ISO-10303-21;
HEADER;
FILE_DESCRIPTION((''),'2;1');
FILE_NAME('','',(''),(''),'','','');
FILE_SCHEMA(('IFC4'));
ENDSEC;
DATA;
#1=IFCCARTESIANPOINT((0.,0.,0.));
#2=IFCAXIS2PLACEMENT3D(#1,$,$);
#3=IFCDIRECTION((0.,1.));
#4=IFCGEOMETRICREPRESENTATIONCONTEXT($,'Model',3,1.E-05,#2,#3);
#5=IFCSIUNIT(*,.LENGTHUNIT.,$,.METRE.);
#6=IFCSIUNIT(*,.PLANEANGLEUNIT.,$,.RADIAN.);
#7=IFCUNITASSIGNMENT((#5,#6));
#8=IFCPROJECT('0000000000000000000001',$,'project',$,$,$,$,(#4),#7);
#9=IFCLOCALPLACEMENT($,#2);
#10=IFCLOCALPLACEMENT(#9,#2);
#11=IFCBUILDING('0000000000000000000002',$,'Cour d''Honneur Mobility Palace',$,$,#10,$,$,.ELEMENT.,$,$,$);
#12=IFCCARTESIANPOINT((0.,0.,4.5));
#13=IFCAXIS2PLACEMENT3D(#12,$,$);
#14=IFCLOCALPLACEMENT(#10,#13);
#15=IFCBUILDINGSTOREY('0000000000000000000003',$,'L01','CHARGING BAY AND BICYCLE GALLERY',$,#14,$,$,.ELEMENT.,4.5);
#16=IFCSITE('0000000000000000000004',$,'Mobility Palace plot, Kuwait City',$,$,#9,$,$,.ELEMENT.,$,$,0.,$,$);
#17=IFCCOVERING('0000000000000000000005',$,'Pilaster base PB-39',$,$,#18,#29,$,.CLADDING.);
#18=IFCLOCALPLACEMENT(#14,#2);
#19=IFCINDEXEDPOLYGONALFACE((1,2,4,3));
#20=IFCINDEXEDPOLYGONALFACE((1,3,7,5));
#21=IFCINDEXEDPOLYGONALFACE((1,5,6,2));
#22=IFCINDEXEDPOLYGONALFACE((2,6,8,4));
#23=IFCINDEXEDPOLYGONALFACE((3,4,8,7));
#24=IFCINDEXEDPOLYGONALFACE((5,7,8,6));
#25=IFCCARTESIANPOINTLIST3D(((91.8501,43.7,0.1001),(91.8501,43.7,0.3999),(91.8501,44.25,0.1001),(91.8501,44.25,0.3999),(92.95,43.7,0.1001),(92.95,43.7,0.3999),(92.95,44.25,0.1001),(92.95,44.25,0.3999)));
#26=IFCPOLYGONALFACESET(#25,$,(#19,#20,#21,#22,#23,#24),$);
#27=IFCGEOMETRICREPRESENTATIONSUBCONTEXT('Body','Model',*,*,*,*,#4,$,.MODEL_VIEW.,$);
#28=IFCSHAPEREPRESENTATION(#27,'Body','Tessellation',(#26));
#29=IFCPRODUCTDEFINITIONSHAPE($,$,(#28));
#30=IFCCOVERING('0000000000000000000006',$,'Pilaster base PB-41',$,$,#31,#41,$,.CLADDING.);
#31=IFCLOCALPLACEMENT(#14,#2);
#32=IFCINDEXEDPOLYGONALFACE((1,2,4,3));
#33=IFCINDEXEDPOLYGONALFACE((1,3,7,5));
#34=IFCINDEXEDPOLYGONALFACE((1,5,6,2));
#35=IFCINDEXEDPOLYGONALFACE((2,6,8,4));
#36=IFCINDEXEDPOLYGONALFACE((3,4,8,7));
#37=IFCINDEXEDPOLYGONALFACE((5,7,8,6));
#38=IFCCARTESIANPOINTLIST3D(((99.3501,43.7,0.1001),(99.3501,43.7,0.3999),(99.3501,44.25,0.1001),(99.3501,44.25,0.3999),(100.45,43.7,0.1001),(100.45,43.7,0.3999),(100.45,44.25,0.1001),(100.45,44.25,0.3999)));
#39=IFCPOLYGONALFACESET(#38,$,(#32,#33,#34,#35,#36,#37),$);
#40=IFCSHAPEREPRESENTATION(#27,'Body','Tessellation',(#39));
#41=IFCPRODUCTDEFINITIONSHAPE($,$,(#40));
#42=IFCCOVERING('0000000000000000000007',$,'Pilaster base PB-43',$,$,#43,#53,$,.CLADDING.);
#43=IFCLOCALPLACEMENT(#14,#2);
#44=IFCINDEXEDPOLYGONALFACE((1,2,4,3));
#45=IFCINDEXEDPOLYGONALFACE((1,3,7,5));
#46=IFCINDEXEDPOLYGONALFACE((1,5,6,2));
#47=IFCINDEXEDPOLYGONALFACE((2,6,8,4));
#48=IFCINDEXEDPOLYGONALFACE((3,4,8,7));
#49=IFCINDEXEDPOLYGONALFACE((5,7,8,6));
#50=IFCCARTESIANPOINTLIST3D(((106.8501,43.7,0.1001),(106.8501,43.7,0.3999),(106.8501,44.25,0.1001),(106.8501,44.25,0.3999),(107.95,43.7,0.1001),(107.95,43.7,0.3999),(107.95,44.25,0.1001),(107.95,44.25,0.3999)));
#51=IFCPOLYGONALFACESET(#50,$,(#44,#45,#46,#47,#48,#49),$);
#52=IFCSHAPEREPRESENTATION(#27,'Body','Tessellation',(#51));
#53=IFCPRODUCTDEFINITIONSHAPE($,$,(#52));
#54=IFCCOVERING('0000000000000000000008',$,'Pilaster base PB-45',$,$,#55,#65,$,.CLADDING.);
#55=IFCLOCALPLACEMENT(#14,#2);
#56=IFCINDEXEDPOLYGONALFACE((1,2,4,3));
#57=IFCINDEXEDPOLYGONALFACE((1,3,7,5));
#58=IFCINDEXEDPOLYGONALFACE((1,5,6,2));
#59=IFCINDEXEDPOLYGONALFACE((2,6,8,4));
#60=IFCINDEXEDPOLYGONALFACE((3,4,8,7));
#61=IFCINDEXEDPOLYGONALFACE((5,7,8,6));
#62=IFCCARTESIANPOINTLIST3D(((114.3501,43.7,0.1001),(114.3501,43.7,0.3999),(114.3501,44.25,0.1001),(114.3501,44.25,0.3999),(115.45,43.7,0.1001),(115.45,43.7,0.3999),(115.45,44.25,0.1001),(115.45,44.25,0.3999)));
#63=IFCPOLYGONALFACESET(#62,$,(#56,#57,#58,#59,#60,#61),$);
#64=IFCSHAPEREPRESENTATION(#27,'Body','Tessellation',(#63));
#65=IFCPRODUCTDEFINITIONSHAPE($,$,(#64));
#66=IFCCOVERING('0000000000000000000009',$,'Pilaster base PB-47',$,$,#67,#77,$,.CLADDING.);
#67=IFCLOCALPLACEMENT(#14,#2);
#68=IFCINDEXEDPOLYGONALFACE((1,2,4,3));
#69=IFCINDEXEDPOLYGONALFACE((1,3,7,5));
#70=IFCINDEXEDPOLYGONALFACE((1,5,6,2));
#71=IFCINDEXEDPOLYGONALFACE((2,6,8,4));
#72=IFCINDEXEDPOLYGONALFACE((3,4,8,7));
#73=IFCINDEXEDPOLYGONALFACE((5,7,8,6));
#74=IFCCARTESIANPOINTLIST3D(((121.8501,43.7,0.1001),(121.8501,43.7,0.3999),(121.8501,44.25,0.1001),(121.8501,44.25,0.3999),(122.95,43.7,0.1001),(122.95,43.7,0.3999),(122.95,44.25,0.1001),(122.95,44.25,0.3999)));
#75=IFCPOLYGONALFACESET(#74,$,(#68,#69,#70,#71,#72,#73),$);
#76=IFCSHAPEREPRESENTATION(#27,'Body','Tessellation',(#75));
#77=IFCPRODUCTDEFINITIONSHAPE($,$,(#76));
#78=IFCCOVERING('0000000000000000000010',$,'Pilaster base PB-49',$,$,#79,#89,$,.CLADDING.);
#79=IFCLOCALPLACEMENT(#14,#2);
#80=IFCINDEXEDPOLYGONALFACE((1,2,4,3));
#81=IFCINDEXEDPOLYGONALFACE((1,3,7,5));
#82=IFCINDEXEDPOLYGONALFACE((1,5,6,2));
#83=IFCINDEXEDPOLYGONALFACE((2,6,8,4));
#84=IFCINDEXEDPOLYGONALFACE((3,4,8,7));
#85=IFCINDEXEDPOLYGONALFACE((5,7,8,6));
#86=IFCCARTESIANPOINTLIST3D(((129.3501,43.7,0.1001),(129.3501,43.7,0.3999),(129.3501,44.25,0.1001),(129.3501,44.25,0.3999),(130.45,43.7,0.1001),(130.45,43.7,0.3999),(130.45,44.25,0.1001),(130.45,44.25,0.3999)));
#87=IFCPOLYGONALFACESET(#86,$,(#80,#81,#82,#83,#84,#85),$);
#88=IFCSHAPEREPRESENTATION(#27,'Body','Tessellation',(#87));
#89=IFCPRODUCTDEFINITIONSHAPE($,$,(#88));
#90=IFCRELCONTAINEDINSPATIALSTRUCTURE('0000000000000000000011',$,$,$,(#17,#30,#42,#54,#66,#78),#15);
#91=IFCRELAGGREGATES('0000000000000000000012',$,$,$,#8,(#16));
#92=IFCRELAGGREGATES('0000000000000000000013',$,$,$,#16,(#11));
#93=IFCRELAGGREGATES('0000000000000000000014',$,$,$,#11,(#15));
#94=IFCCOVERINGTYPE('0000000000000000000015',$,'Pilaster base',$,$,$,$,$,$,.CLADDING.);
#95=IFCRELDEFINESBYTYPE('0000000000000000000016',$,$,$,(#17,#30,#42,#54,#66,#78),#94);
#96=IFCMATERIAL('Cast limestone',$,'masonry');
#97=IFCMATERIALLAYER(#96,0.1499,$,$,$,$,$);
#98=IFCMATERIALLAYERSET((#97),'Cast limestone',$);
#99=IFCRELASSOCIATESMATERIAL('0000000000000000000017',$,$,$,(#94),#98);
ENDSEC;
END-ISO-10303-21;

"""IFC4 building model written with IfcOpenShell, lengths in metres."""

from ifc_helpers import new_model, si_unit, direction, frame, origin, place, context, subcontext, project, spatial, polyline, outline, extrude, material, layer, layer_set, type_object, element, save


model = new_model("IFC4")

# Units and contexts
model_context = context("Model", 3, precision=1e-05, world=origin(), true_north=direction((0.0, 1.0)))
body_context = subcontext(model_context, "Body", "Model", "MODEL_VIEW")
ifc_project = project(units=[si_unit("LENGTHUNIT", "METRE"), si_unit("PLANEANGLEUNIT", "RADIAN")], contexts=[model_context])

# Site, building, storey
site_placement = place(None, origin())
site = spatial("IfcSite", under=ifc_project, at=site_placement, Name="Mobility Palace plot, Kuwait City", CompositionType="ELEMENT", RefElevation=0.0)
building_placement = place(site_placement, origin())
building = spatial("IfcBuilding", under=site, at=building_placement, Name="Cour d'Honneur Mobility Palace", CompositionType="ELEMENT")
storey_placement = place(building_placement, frame((0.0, 0.0, 4.5)))
storey = spatial("IfcBuildingStorey", under=building, at=storey_placement, Name="L01", Description="CHARGING BAY AND BICYCLE GALLERY", CompositionType="ELEMENT", Elevation=4.5)

# Coverings
ifc_material = material(Name="Cast limestone", Category="masonry")
ifc_layer = layer(ifc_material, 0.1499)
ifc_layer_set = layer_set([ifc_layer], Name="Cast limestone")
covering_type = type_object("IfcCoveringType", Name="Pilaster base", PredefinedType="CLADDING", material=ifc_layer_set)
covering_1_placement = place(storey_placement, frame((0.0, 0.0, 0.1001)))
element("IfcCovering", 1, at=covering_1_placement, inside=storey, type_object=covering_type, Name="Pilaster base PB-39", PredefinedType="CLADDING", context=body_context, shape_type="SweptSolid", body=[
    extrude(outline(polyline([(91.8501, 44.25), (92.95, 44.25), (92.95, 43.7), (91.8501, 43.7), (91.8501, 44.25)])), origin(), (0.0, 0.0, 1.0), 0.2998),
])
covering_2_placement = place(storey_placement, frame((0.0, 0.0, 0.1001)))
element("IfcCovering", 2, at=covering_2_placement, inside=storey, type_object=covering_type, Name="Pilaster base PB-41", PredefinedType="CLADDING", context=body_context, shape_type="SweptSolid", body=[
    extrude(outline(polyline([(99.3501, 44.25), (100.45, 44.25), (100.45, 43.7), (99.3501, 43.7), (99.3501, 44.25)])), origin(), (0.0, 0.0, 1.0), 0.2998),
])
covering_3_placement = place(storey_placement, frame((0.0, 0.0, 0.1001)))
element("IfcCovering", 3, at=covering_3_placement, inside=storey, type_object=covering_type, Name="Pilaster base PB-43", PredefinedType="CLADDING", context=body_context, shape_type="SweptSolid", body=[
    extrude(outline(polyline([(106.8501, 44.25), (107.95, 44.25), (107.95, 43.7), (106.8501, 43.7), (106.8501, 44.25)])), origin(), (0.0, 0.0, 1.0), 0.2998),
])
covering_4_placement = place(storey_placement, frame((0.0, 0.0, 0.1001)))
element("IfcCovering", 4, at=covering_4_placement, inside=storey, type_object=covering_type, Name="Pilaster base PB-45", PredefinedType="CLADDING", context=body_context, shape_type="SweptSolid", body=[
    extrude(outline(polyline([(114.3501, 44.25), (115.45, 44.25), (115.45, 43.7), (114.3501, 43.7), (114.3501, 44.25)])), origin(), (0.0, 0.0, 1.0), 0.2998),
])
covering_5_placement = place(storey_placement, frame((0.0, 0.0, 0.1001)))
element("IfcCovering", 5, at=covering_5_placement, inside=storey, type_object=covering_type, Name="Pilaster base PB-47", PredefinedType="CLADDING", context=body_context, shape_type="SweptSolid", body=[
    extrude(outline(polyline([(121.8501, 44.25), (122.95, 44.25), (122.95, 43.7), (121.8501, 43.7), (121.8501, 44.25)])), origin(), (0.0, 0.0, 1.0), 0.2998),
])
covering_6_placement = place(storey_placement, frame((0.0, 0.0, 0.1001)))
element("IfcCovering", 6, at=covering_6_placement, inside=storey, type_object=covering_type, Name="Pilaster base PB-49", PredefinedType="CLADDING", context=body_context, shape_type="SweptSolid", body=[
    extrude(outline(polyline([(129.3501, 44.25), (130.45, 44.25), (130.45, 43.7), (129.3501, 43.7), (129.3501, 44.25)])), origin(), (0.0, 0.0, 1.0), 0.2998),
])

save(model, "model.ifc")
